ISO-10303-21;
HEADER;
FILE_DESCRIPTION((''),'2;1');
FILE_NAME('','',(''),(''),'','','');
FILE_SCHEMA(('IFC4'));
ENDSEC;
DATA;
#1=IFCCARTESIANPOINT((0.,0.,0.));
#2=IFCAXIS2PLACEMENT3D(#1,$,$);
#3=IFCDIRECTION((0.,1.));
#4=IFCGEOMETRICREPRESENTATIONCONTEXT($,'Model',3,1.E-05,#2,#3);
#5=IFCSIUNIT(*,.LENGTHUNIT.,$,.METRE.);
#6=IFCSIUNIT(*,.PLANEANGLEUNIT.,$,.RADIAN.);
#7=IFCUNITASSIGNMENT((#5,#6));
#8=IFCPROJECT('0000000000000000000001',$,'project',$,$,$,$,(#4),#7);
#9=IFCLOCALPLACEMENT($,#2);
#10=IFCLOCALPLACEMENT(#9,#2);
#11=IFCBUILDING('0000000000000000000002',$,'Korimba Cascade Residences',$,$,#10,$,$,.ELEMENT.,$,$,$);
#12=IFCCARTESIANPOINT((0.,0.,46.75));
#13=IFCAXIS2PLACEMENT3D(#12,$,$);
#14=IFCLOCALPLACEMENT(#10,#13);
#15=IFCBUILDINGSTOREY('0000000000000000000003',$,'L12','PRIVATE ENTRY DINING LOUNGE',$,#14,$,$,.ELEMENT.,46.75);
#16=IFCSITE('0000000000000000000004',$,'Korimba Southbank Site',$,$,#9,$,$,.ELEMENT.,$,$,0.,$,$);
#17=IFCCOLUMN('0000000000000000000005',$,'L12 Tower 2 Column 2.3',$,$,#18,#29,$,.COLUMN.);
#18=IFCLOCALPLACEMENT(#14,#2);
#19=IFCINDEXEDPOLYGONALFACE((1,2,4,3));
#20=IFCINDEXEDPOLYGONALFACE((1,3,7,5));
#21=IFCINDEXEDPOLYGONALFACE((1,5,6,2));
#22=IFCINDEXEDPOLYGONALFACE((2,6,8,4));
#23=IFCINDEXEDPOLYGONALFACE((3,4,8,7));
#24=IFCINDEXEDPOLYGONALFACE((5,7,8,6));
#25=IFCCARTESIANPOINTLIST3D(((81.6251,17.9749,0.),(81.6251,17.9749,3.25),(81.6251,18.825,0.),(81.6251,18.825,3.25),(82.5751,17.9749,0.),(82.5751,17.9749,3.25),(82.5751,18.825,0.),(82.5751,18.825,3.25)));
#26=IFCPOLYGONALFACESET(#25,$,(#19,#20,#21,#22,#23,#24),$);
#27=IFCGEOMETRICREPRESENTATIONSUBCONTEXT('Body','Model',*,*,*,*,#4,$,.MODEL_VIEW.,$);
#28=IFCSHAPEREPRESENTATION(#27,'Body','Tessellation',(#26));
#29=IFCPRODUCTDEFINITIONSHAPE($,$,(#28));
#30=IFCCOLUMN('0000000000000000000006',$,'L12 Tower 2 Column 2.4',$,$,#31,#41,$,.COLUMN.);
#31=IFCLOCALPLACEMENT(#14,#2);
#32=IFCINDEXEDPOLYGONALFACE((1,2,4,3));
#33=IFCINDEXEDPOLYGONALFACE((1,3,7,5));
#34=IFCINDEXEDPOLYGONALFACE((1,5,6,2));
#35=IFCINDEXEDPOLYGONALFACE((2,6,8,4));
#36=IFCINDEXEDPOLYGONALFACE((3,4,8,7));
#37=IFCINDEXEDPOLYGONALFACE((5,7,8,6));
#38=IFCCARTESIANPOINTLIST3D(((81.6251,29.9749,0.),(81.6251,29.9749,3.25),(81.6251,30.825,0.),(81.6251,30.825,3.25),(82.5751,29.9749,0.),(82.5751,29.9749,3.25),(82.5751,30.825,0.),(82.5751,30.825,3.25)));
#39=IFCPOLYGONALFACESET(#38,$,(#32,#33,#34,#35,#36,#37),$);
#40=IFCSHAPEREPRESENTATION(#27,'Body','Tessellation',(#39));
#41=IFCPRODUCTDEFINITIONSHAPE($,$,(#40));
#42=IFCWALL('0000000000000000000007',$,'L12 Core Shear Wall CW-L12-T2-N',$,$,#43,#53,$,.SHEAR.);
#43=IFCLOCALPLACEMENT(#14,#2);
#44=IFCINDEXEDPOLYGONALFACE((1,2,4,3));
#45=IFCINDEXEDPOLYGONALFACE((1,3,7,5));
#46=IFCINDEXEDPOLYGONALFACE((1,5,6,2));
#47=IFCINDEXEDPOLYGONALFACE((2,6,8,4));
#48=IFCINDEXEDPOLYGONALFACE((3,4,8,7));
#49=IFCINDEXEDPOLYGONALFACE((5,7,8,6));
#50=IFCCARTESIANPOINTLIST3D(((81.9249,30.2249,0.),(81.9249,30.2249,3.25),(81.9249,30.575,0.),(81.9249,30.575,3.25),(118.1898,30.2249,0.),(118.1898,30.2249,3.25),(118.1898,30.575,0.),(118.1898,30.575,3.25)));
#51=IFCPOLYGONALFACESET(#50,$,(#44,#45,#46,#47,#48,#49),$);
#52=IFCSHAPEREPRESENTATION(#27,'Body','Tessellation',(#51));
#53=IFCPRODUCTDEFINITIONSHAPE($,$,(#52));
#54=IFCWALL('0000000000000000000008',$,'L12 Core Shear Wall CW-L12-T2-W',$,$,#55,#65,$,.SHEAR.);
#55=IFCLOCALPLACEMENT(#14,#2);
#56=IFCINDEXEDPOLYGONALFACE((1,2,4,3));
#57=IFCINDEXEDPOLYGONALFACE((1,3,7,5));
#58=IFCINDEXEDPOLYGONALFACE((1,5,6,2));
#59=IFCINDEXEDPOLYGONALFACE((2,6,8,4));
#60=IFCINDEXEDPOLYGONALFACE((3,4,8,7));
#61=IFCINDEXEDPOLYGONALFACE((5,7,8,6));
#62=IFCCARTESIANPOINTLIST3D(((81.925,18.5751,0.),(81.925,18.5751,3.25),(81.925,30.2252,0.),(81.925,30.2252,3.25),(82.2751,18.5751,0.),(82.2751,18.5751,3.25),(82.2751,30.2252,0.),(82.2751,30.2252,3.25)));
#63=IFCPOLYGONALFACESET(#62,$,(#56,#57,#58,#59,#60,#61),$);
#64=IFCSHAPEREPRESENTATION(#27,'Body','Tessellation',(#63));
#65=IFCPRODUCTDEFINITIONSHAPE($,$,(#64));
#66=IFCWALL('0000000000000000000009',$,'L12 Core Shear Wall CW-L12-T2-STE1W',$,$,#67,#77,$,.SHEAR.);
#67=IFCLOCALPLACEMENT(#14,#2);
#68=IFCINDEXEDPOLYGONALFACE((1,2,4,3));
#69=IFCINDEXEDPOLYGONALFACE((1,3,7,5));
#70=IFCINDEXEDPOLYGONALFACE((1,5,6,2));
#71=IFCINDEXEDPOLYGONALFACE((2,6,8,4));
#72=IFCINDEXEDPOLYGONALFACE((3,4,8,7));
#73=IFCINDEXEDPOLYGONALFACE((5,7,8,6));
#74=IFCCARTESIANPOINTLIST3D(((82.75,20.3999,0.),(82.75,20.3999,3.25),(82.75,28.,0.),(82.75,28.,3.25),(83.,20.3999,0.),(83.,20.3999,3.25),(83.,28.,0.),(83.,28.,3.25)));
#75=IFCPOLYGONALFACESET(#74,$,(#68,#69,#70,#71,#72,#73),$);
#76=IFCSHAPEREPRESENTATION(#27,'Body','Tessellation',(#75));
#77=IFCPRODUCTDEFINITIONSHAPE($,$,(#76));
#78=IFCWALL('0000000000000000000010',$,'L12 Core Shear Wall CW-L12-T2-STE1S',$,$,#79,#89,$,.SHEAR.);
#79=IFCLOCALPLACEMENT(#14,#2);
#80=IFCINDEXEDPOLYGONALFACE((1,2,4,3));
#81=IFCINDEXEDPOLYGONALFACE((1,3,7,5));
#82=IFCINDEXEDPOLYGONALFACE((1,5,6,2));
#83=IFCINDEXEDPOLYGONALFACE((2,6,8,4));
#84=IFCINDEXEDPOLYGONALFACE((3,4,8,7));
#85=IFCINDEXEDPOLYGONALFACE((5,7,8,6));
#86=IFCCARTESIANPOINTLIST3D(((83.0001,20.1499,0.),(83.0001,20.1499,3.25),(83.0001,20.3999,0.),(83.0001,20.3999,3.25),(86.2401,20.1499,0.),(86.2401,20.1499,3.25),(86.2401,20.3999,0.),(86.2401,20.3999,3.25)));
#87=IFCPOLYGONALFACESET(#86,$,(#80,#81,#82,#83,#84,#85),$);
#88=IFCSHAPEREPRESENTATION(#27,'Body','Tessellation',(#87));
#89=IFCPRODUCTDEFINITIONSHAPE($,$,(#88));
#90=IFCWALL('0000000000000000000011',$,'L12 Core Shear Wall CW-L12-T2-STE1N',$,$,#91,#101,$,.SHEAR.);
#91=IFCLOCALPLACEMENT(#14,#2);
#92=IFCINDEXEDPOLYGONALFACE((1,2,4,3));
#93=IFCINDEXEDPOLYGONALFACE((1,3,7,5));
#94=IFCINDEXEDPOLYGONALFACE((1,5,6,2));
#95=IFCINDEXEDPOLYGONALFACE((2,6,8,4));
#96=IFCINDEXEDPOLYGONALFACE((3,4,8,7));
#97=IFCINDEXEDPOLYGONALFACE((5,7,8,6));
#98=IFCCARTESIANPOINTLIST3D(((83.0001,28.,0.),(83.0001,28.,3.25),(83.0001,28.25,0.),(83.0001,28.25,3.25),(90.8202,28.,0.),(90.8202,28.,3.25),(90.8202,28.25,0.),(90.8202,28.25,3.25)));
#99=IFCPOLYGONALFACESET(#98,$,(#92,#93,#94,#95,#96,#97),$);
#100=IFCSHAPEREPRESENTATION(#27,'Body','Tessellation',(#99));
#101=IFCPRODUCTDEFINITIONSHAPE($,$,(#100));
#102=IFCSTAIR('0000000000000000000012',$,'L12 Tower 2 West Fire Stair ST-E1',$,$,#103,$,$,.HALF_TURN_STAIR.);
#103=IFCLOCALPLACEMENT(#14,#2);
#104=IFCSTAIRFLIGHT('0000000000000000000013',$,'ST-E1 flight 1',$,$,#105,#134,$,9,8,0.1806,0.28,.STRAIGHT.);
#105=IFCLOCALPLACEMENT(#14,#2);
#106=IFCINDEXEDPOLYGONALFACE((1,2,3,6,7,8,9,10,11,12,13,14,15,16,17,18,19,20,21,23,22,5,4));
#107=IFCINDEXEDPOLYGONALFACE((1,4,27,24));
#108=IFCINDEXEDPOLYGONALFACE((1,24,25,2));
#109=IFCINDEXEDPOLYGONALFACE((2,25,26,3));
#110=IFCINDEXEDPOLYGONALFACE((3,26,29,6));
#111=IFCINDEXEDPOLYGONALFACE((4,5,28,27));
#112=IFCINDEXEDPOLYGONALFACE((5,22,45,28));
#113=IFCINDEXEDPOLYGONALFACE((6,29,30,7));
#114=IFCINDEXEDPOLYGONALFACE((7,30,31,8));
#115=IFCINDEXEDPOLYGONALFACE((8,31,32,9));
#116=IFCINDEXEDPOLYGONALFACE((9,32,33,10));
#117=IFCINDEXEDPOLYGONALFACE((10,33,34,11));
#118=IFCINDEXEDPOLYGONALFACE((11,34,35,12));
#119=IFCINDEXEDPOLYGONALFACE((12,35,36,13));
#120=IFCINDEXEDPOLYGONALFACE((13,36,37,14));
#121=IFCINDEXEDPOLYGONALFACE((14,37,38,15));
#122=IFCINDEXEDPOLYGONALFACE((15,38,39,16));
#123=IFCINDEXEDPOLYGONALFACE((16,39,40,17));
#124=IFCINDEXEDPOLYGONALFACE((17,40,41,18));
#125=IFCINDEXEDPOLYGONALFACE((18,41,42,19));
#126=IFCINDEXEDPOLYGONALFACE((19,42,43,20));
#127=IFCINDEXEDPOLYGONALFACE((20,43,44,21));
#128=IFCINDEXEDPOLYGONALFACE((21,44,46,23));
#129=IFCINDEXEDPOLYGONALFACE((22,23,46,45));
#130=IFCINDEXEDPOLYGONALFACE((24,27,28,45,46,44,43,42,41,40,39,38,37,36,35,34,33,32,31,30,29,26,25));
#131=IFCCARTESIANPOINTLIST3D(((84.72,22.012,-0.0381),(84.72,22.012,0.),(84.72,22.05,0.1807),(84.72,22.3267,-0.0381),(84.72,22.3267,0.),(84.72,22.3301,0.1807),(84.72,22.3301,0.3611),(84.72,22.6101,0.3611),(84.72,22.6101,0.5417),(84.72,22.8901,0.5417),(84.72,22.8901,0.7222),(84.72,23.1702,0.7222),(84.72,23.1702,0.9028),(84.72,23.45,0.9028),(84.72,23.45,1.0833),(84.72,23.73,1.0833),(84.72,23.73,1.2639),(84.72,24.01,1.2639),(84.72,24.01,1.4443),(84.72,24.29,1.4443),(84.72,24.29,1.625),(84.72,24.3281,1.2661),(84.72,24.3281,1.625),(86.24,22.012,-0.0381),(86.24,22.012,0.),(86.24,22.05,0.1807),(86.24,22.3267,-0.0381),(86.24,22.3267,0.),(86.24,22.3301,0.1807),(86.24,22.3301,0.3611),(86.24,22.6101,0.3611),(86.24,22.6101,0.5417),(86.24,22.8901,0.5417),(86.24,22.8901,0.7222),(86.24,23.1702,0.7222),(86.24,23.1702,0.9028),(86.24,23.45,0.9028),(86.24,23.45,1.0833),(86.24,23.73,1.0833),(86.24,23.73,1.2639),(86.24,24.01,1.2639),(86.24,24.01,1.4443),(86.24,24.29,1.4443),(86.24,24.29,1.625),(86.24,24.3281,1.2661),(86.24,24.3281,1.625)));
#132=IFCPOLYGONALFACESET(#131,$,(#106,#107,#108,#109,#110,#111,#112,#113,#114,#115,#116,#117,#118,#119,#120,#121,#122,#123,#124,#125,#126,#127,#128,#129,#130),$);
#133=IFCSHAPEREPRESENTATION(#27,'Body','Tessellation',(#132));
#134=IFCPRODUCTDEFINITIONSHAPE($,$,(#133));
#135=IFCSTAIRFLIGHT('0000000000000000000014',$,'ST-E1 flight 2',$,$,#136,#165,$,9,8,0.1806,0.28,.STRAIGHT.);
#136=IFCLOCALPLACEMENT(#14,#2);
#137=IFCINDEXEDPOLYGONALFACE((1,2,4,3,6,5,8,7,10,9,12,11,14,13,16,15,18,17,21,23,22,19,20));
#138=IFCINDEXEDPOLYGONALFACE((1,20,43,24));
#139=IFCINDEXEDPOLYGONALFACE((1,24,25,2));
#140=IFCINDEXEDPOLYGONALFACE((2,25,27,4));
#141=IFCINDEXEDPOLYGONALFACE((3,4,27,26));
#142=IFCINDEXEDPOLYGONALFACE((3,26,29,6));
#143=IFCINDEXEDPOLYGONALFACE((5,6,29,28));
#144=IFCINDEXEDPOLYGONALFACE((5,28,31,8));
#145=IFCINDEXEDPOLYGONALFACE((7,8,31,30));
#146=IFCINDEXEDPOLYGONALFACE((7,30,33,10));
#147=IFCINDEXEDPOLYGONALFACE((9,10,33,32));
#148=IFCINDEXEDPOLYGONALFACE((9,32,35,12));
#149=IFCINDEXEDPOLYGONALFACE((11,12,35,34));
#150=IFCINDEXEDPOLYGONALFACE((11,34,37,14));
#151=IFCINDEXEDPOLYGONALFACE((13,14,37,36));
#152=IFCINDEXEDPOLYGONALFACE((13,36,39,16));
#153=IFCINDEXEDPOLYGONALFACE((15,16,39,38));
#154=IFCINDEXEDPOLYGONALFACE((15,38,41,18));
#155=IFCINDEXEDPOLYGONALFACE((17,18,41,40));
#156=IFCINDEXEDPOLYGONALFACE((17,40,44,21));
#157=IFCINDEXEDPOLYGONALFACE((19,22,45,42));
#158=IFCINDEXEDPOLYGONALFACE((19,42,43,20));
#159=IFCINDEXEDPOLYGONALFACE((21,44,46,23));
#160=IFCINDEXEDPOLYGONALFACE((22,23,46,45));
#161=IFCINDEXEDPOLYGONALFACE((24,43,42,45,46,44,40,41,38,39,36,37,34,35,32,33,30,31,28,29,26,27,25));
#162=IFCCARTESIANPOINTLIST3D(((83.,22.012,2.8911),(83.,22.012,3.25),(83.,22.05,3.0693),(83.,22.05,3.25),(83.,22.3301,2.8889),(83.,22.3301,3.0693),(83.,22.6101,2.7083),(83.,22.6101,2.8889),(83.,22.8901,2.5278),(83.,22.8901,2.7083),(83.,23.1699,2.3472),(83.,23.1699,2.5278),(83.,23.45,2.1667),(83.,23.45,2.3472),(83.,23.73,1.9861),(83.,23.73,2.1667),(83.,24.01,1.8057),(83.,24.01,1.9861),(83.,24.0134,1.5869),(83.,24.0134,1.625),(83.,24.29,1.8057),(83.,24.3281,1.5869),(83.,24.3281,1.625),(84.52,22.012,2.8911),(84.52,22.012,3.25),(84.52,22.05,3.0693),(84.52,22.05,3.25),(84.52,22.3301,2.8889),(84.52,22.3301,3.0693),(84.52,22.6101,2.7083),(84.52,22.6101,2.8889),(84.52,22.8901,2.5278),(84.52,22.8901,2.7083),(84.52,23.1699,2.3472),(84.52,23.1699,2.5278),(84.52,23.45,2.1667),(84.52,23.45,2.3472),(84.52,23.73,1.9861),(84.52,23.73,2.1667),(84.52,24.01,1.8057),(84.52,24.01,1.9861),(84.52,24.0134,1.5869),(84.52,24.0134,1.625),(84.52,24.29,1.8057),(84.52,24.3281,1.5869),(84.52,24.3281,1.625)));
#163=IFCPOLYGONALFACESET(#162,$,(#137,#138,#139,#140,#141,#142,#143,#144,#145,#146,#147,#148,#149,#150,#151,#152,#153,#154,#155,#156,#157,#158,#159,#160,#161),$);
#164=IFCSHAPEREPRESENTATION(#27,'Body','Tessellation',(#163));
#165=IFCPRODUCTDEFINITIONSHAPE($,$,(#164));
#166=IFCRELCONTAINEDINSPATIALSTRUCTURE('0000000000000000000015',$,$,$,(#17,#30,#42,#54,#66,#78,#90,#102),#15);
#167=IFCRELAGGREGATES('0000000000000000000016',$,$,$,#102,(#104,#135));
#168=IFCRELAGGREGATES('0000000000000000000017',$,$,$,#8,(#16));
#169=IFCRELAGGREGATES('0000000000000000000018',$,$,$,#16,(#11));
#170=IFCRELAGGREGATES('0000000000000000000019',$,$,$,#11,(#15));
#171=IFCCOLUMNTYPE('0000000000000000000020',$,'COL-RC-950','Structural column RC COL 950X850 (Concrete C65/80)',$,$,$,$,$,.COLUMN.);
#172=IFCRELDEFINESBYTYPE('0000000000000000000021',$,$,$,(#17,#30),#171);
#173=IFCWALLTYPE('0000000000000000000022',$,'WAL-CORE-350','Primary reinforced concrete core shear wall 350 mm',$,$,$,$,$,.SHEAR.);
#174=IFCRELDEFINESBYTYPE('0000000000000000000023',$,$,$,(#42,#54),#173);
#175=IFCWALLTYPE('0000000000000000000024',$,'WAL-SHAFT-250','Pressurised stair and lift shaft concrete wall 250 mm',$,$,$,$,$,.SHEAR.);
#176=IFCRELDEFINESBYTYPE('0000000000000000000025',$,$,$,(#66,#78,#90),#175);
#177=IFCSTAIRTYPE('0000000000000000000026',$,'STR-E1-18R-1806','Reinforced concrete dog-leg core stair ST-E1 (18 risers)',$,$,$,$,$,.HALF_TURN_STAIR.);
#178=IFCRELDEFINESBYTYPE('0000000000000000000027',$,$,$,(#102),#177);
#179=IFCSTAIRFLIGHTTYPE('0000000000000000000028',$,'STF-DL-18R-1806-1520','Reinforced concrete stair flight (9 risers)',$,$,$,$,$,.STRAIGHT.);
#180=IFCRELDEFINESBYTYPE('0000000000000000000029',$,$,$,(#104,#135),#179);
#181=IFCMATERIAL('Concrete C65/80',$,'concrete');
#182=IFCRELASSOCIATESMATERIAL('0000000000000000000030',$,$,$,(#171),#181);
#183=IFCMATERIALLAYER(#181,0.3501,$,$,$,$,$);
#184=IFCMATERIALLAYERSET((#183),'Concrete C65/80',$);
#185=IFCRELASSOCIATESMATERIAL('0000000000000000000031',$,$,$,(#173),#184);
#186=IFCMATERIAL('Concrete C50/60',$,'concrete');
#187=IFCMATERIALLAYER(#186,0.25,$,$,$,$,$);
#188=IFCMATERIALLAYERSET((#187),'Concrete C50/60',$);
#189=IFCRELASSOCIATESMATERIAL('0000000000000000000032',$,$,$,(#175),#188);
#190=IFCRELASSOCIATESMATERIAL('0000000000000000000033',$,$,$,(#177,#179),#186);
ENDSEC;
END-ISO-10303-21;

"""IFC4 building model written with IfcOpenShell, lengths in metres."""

from ifc_helpers import new_model, si_unit, direction, frame, frame_2d, origin, origin_2d, place, context, subcontext, project, spatial, polyline, rectangle, outline, extrude, material, layer, layer_set, material_profile, profile_set, type_object, element, aggregate, save


model = new_model("IFC4")

# Units and contexts
model_context = context("Model", 3, precision=1e-05, world=origin(), true_north=direction((0.0, 1.0)))
body_context = subcontext(model_context, "Body", "Model", "MODEL_VIEW")
ifc_project = project(units=[si_unit("LENGTHUNIT", "METRE"), si_unit("PLANEANGLEUNIT", "RADIAN")], contexts=[model_context])

# Site, building, storey
site_placement = place(None, origin())
site = spatial("IfcSite", under=ifc_project, at=site_placement, Name="Korimba Southbank Site", CompositionType="ELEMENT", RefElevation=0.0)
building_placement = place(site_placement, origin())
building = spatial("IfcBuilding", under=site, at=building_placement, Name="Korimba Cascade Residences", CompositionType="ELEMENT")
storey_placement = place(building_placement, frame((0.0, 0.0, 46.75)))
storey = spatial("IfcBuildingStorey", under=building, at=storey_placement, Name="L12", Description="PRIVATE ENTRY DINING LOUNGE", CompositionType="ELEMENT", Elevation=46.75)

# Columns
ifc_material_1 = material(Name="Concrete C65/80", Category="concrete")
ifc_material_profile = material_profile(ifc_material_1, rectangle(XDim=0.95, YDim=0.8501, at=origin_2d()), Name="Concrete C65/80")
ifc_profile_set = profile_set([ifc_material_profile], Name="Concrete C65/80")
column_type = type_object("IfcColumnType", Name="COL-RC-950", Description="Structural column RC COL 950X850 (Concrete C65/80)", PredefinedType="COLUMN", material=ifc_profile_set)
for number, where, z_axis, x_axis, name in (
    (1, (82.1001, 18.3999, 0.0), (0.0, 0.0, 1.0), (1.0, 0.0, 0.0), "L12 Tower 2 Column 2.3"),
    (2, (82.1001, 30.3999, 0.0), (0.0, 0.0, 1.0), (1.0, 0.0, 0.0), "L12 Tower 2 Column 2.4"),
):
    element("IfcColumn", number, at=place(storey_placement, frame(where, z_axis=z_axis, x_axis=x_axis)), inside=storey, type_object=column_type, Name=name, PredefinedType="COLUMN", context=body_context, shape_type="SweptSolid", body=[
        extrude(rectangle(XDim=0.95, YDim=0.8501, at=origin_2d()), origin(), (0.0, 0.0, 1.0), 3.25),
    ])

# Walls
ifc_layer_1 = layer(ifc_material_1, 0.3501)
ifc_layer_set_1 = layer_set([ifc_layer_1], Name="Concrete C65/80")
wall_type_1 = type_object("IfcWallType", Name="WAL-CORE-350", Description="Primary reinforced concrete core shear wall 350 mm", PredefinedType="SHEAR", material=ifc_layer_set_1)
wall_1_placement = place(storey_placement, frame((81.925, 30.3999, 0.0), z_axis=(0.0, 0.0, 1.0), x_axis=(1.0, 0.0, 0.0)))
element("IfcWall", 3, at=wall_1_placement, inside=storey, type_object=wall_type_1, Name="L12 Core Shear Wall CW-L12-T2-N", PredefinedType="SHEAR", context=body_context, shape_type="SweptSolid", body=[
    extrude(rectangle(XDim=36.2649, YDim=0.3501, at=frame_2d((18.1323, 0.0))), origin(), (0.0, 0.0, 1.0), 3.25),
])
wall_2_placement = place(storey_placement, frame((82.1001, 18.575, 0.0), z_axis=(0.0, 0.0, 1.0), x_axis=(0.0, 1.0, 0.0)))
element("IfcWall", 4, at=wall_2_placement, inside=storey, type_object=wall_type_1, Name="L12 Core Shear Wall CW-L12-T2-W", PredefinedType="SHEAR", context=body_context, shape_type="SweptSolid", body=[
    extrude(rectangle(XDim=11.6501, YDim=0.3501, at=frame_2d((5.8252, 0.0))), origin(), (0.0, 0.0, 1.0), 3.25),
])
ifc_material_2 = material(Name="Concrete C50/60", Category="concrete")
ifc_layer_2 = layer(ifc_material_2, 0.25)
ifc_layer_set_2 = layer_set([ifc_layer_2], Name="Concrete C50/60")
wall_type_2 = type_object("IfcWallType", Name="WAL-SHAFT-250", Description="Pressurised stair and lift shaft concrete wall 250 mm", PredefinedType="SHEAR", material=ifc_layer_set_2)
wall_3_placement = place(storey_placement, frame((82.875, 20.3999, 0.0), z_axis=(0.0, 0.0, 1.0), x_axis=(0.0, 1.0, 0.0)))
element("IfcWall", 5, at=wall_3_placement, inside=storey, type_object=wall_type_2, Name="L12 Core Shear Wall CW-L12-T2-STE1W", PredefinedType="SHEAR", context=body_context, shape_type="SweptSolid", body=[
    extrude(rectangle(XDim=7.6001, YDim=0.25, at=frame_2d((3.8, 0.0))), origin(), (0.0, 0.0, 1.0), 3.25),
])
wall_4_placement = place(storey_placement, frame((83.0, 20.2749, 0.0), z_axis=(0.0, 0.0, 1.0), x_axis=(1.0, 0.0, 0.0)))
element("IfcWall", 6, at=wall_4_placement, inside=storey, type_object=wall_type_2, Name="L12 Core Shear Wall CW-L12-T2-STE1S", PredefinedType="SHEAR", context=body_context, shape_type="SweptSolid", body=[
    extrude(rectangle(XDim=3.24, YDim=0.25, at=frame_2d((1.6201, 0.0))), origin(), (0.0, 0.0, 1.0), 3.25),
])
wall_5_placement = place(storey_placement, frame((83.0, 28.125, 0.0), z_axis=(0.0, 0.0, 1.0), x_axis=(1.0, 0.0, 0.0)))
element("IfcWall", 7, at=wall_5_placement, inside=storey, type_object=wall_type_2, Name="L12 Core Shear Wall CW-L12-T2-STE1N", PredefinedType="SHEAR", context=body_context, shape_type="SweptSolid", body=[
    extrude(rectangle(XDim=7.8201, YDim=0.25, at=frame_2d((3.9102, 0.0))), origin(), (0.0, 0.0, 1.0), 3.25),
])

# Stair, stair flights
stair_type = type_object("IfcStairType", Name="STR-E1-18R-1806", Description="Reinforced concrete dog-leg core stair ST-E1 (18 risers)", PredefinedType="HALF_TURN_STAIR", material=ifc_material_2)
stair_placement = place(storey_placement, origin())
stair = element("IfcStair", 8, at=stair_placement, inside=storey, type_object=stair_type, Name="L12 Tower 2 West Fire Stair ST-E1", PredefinedType="HALF_TURN_STAIR")
stair_flight_type = type_object("IfcStairFlightType", Name="STF-DL-18R-1806-1520", Description="Reinforced concrete stair flight (9 risers)", PredefinedType="STRAIGHT", material=ifc_material_2)
stair_flight_1_placement = place(storey_placement, frame((85.48, 22.05, 0.0), z_axis=(0.0, 0.0, 1.0), x_axis=(0.0, 1.0, 0.0)))
stair_flight_1 = element("IfcStairFlight", 9, at=stair_flight_1_placement, type_object=stair_flight_type, Name="ST-E1 flight 1", NumberOfRisers=9, NumberOfTreads=8, PredefinedType="STRAIGHT", RiserHeight=0.1806, TreadLength=0.28, context=body_context, shape_type="SweptSolid", body=[
    extrude(outline(polyline([(-0.0381, 0.0), (0.0, 0.1807), (0.28, 0.1807), (0.28, 0.3611), (0.5601, 0.3611), (0.5601, 0.5417), (0.8401, 0.5417), (0.8401, 0.7222), (1.1201, 0.7222), (1.1201, 0.9028), (1.3999, 0.9028), (1.3999, 1.0833), (1.6799, 1.0833), (1.6799, 1.2639), (1.96, 1.2639), (1.96, 1.4443), (2.24, 1.4443), (2.24, 1.625), (2.2781, 1.625), (2.2781, 1.2661), (0.2766, 0.0), (0.2766, -0.0381), (-0.0381, -0.0381), (-0.0381, 0.0)])), frame((0.0, 0.76, 0.0), z_axis=(0.0, -1.0, 0.0), x_axis=(1.0, 0.0, 0.0)), (0.0, 0.0, 1.0), 1.52),
])
stair_flight_2_placement = place(storey_placement, frame((83.76, 24.29, 1.625), z_axis=(0.0, 0.0, 1.0), x_axis=(0.0, -1.0, 0.0)))
stair_flight_2 = element("IfcStairFlight", 10, at=stair_flight_2_placement, type_object=stair_flight_type, Name="ST-E1 flight 2", NumberOfRisers=9, NumberOfTreads=8, PredefinedType="STRAIGHT", RiserHeight=0.1806, TreadLength=0.28, context=body_context, shape_type="SweptSolid", body=[
    extrude(outline(polyline([(-0.0381, 0.0), (0.0, 0.1807), (0.28, 0.1807), (0.28, 0.3611), (0.5601, 0.3611), (0.5601, 0.5417), (0.8401, 0.5417), (0.8401, 0.7222), (1.1201, 0.7222), (1.1201, 0.9028), (1.3999, 0.9028), (1.3999, 1.0833), (1.6799, 1.0833), (1.6799, 1.2639), (1.96, 1.2639), (1.96, 1.4443), (2.24, 1.4443), (2.24, 1.625), (2.2781, 1.625), (2.2781, 1.2661), (0.2766, 0.0), (0.2766, -0.0381), (-0.0381, -0.0381), (-0.0381, 0.0)])), frame((0.0, 0.76, 0.0), z_axis=(0.0, -1.0, 0.0), x_axis=(1.0, 0.0, 0.0)), (0.0, 0.0, 1.0), 1.52),
])
aggregate(stair, [stair_flight_1, stair_flight_2])

save(model, "model.ifc")
